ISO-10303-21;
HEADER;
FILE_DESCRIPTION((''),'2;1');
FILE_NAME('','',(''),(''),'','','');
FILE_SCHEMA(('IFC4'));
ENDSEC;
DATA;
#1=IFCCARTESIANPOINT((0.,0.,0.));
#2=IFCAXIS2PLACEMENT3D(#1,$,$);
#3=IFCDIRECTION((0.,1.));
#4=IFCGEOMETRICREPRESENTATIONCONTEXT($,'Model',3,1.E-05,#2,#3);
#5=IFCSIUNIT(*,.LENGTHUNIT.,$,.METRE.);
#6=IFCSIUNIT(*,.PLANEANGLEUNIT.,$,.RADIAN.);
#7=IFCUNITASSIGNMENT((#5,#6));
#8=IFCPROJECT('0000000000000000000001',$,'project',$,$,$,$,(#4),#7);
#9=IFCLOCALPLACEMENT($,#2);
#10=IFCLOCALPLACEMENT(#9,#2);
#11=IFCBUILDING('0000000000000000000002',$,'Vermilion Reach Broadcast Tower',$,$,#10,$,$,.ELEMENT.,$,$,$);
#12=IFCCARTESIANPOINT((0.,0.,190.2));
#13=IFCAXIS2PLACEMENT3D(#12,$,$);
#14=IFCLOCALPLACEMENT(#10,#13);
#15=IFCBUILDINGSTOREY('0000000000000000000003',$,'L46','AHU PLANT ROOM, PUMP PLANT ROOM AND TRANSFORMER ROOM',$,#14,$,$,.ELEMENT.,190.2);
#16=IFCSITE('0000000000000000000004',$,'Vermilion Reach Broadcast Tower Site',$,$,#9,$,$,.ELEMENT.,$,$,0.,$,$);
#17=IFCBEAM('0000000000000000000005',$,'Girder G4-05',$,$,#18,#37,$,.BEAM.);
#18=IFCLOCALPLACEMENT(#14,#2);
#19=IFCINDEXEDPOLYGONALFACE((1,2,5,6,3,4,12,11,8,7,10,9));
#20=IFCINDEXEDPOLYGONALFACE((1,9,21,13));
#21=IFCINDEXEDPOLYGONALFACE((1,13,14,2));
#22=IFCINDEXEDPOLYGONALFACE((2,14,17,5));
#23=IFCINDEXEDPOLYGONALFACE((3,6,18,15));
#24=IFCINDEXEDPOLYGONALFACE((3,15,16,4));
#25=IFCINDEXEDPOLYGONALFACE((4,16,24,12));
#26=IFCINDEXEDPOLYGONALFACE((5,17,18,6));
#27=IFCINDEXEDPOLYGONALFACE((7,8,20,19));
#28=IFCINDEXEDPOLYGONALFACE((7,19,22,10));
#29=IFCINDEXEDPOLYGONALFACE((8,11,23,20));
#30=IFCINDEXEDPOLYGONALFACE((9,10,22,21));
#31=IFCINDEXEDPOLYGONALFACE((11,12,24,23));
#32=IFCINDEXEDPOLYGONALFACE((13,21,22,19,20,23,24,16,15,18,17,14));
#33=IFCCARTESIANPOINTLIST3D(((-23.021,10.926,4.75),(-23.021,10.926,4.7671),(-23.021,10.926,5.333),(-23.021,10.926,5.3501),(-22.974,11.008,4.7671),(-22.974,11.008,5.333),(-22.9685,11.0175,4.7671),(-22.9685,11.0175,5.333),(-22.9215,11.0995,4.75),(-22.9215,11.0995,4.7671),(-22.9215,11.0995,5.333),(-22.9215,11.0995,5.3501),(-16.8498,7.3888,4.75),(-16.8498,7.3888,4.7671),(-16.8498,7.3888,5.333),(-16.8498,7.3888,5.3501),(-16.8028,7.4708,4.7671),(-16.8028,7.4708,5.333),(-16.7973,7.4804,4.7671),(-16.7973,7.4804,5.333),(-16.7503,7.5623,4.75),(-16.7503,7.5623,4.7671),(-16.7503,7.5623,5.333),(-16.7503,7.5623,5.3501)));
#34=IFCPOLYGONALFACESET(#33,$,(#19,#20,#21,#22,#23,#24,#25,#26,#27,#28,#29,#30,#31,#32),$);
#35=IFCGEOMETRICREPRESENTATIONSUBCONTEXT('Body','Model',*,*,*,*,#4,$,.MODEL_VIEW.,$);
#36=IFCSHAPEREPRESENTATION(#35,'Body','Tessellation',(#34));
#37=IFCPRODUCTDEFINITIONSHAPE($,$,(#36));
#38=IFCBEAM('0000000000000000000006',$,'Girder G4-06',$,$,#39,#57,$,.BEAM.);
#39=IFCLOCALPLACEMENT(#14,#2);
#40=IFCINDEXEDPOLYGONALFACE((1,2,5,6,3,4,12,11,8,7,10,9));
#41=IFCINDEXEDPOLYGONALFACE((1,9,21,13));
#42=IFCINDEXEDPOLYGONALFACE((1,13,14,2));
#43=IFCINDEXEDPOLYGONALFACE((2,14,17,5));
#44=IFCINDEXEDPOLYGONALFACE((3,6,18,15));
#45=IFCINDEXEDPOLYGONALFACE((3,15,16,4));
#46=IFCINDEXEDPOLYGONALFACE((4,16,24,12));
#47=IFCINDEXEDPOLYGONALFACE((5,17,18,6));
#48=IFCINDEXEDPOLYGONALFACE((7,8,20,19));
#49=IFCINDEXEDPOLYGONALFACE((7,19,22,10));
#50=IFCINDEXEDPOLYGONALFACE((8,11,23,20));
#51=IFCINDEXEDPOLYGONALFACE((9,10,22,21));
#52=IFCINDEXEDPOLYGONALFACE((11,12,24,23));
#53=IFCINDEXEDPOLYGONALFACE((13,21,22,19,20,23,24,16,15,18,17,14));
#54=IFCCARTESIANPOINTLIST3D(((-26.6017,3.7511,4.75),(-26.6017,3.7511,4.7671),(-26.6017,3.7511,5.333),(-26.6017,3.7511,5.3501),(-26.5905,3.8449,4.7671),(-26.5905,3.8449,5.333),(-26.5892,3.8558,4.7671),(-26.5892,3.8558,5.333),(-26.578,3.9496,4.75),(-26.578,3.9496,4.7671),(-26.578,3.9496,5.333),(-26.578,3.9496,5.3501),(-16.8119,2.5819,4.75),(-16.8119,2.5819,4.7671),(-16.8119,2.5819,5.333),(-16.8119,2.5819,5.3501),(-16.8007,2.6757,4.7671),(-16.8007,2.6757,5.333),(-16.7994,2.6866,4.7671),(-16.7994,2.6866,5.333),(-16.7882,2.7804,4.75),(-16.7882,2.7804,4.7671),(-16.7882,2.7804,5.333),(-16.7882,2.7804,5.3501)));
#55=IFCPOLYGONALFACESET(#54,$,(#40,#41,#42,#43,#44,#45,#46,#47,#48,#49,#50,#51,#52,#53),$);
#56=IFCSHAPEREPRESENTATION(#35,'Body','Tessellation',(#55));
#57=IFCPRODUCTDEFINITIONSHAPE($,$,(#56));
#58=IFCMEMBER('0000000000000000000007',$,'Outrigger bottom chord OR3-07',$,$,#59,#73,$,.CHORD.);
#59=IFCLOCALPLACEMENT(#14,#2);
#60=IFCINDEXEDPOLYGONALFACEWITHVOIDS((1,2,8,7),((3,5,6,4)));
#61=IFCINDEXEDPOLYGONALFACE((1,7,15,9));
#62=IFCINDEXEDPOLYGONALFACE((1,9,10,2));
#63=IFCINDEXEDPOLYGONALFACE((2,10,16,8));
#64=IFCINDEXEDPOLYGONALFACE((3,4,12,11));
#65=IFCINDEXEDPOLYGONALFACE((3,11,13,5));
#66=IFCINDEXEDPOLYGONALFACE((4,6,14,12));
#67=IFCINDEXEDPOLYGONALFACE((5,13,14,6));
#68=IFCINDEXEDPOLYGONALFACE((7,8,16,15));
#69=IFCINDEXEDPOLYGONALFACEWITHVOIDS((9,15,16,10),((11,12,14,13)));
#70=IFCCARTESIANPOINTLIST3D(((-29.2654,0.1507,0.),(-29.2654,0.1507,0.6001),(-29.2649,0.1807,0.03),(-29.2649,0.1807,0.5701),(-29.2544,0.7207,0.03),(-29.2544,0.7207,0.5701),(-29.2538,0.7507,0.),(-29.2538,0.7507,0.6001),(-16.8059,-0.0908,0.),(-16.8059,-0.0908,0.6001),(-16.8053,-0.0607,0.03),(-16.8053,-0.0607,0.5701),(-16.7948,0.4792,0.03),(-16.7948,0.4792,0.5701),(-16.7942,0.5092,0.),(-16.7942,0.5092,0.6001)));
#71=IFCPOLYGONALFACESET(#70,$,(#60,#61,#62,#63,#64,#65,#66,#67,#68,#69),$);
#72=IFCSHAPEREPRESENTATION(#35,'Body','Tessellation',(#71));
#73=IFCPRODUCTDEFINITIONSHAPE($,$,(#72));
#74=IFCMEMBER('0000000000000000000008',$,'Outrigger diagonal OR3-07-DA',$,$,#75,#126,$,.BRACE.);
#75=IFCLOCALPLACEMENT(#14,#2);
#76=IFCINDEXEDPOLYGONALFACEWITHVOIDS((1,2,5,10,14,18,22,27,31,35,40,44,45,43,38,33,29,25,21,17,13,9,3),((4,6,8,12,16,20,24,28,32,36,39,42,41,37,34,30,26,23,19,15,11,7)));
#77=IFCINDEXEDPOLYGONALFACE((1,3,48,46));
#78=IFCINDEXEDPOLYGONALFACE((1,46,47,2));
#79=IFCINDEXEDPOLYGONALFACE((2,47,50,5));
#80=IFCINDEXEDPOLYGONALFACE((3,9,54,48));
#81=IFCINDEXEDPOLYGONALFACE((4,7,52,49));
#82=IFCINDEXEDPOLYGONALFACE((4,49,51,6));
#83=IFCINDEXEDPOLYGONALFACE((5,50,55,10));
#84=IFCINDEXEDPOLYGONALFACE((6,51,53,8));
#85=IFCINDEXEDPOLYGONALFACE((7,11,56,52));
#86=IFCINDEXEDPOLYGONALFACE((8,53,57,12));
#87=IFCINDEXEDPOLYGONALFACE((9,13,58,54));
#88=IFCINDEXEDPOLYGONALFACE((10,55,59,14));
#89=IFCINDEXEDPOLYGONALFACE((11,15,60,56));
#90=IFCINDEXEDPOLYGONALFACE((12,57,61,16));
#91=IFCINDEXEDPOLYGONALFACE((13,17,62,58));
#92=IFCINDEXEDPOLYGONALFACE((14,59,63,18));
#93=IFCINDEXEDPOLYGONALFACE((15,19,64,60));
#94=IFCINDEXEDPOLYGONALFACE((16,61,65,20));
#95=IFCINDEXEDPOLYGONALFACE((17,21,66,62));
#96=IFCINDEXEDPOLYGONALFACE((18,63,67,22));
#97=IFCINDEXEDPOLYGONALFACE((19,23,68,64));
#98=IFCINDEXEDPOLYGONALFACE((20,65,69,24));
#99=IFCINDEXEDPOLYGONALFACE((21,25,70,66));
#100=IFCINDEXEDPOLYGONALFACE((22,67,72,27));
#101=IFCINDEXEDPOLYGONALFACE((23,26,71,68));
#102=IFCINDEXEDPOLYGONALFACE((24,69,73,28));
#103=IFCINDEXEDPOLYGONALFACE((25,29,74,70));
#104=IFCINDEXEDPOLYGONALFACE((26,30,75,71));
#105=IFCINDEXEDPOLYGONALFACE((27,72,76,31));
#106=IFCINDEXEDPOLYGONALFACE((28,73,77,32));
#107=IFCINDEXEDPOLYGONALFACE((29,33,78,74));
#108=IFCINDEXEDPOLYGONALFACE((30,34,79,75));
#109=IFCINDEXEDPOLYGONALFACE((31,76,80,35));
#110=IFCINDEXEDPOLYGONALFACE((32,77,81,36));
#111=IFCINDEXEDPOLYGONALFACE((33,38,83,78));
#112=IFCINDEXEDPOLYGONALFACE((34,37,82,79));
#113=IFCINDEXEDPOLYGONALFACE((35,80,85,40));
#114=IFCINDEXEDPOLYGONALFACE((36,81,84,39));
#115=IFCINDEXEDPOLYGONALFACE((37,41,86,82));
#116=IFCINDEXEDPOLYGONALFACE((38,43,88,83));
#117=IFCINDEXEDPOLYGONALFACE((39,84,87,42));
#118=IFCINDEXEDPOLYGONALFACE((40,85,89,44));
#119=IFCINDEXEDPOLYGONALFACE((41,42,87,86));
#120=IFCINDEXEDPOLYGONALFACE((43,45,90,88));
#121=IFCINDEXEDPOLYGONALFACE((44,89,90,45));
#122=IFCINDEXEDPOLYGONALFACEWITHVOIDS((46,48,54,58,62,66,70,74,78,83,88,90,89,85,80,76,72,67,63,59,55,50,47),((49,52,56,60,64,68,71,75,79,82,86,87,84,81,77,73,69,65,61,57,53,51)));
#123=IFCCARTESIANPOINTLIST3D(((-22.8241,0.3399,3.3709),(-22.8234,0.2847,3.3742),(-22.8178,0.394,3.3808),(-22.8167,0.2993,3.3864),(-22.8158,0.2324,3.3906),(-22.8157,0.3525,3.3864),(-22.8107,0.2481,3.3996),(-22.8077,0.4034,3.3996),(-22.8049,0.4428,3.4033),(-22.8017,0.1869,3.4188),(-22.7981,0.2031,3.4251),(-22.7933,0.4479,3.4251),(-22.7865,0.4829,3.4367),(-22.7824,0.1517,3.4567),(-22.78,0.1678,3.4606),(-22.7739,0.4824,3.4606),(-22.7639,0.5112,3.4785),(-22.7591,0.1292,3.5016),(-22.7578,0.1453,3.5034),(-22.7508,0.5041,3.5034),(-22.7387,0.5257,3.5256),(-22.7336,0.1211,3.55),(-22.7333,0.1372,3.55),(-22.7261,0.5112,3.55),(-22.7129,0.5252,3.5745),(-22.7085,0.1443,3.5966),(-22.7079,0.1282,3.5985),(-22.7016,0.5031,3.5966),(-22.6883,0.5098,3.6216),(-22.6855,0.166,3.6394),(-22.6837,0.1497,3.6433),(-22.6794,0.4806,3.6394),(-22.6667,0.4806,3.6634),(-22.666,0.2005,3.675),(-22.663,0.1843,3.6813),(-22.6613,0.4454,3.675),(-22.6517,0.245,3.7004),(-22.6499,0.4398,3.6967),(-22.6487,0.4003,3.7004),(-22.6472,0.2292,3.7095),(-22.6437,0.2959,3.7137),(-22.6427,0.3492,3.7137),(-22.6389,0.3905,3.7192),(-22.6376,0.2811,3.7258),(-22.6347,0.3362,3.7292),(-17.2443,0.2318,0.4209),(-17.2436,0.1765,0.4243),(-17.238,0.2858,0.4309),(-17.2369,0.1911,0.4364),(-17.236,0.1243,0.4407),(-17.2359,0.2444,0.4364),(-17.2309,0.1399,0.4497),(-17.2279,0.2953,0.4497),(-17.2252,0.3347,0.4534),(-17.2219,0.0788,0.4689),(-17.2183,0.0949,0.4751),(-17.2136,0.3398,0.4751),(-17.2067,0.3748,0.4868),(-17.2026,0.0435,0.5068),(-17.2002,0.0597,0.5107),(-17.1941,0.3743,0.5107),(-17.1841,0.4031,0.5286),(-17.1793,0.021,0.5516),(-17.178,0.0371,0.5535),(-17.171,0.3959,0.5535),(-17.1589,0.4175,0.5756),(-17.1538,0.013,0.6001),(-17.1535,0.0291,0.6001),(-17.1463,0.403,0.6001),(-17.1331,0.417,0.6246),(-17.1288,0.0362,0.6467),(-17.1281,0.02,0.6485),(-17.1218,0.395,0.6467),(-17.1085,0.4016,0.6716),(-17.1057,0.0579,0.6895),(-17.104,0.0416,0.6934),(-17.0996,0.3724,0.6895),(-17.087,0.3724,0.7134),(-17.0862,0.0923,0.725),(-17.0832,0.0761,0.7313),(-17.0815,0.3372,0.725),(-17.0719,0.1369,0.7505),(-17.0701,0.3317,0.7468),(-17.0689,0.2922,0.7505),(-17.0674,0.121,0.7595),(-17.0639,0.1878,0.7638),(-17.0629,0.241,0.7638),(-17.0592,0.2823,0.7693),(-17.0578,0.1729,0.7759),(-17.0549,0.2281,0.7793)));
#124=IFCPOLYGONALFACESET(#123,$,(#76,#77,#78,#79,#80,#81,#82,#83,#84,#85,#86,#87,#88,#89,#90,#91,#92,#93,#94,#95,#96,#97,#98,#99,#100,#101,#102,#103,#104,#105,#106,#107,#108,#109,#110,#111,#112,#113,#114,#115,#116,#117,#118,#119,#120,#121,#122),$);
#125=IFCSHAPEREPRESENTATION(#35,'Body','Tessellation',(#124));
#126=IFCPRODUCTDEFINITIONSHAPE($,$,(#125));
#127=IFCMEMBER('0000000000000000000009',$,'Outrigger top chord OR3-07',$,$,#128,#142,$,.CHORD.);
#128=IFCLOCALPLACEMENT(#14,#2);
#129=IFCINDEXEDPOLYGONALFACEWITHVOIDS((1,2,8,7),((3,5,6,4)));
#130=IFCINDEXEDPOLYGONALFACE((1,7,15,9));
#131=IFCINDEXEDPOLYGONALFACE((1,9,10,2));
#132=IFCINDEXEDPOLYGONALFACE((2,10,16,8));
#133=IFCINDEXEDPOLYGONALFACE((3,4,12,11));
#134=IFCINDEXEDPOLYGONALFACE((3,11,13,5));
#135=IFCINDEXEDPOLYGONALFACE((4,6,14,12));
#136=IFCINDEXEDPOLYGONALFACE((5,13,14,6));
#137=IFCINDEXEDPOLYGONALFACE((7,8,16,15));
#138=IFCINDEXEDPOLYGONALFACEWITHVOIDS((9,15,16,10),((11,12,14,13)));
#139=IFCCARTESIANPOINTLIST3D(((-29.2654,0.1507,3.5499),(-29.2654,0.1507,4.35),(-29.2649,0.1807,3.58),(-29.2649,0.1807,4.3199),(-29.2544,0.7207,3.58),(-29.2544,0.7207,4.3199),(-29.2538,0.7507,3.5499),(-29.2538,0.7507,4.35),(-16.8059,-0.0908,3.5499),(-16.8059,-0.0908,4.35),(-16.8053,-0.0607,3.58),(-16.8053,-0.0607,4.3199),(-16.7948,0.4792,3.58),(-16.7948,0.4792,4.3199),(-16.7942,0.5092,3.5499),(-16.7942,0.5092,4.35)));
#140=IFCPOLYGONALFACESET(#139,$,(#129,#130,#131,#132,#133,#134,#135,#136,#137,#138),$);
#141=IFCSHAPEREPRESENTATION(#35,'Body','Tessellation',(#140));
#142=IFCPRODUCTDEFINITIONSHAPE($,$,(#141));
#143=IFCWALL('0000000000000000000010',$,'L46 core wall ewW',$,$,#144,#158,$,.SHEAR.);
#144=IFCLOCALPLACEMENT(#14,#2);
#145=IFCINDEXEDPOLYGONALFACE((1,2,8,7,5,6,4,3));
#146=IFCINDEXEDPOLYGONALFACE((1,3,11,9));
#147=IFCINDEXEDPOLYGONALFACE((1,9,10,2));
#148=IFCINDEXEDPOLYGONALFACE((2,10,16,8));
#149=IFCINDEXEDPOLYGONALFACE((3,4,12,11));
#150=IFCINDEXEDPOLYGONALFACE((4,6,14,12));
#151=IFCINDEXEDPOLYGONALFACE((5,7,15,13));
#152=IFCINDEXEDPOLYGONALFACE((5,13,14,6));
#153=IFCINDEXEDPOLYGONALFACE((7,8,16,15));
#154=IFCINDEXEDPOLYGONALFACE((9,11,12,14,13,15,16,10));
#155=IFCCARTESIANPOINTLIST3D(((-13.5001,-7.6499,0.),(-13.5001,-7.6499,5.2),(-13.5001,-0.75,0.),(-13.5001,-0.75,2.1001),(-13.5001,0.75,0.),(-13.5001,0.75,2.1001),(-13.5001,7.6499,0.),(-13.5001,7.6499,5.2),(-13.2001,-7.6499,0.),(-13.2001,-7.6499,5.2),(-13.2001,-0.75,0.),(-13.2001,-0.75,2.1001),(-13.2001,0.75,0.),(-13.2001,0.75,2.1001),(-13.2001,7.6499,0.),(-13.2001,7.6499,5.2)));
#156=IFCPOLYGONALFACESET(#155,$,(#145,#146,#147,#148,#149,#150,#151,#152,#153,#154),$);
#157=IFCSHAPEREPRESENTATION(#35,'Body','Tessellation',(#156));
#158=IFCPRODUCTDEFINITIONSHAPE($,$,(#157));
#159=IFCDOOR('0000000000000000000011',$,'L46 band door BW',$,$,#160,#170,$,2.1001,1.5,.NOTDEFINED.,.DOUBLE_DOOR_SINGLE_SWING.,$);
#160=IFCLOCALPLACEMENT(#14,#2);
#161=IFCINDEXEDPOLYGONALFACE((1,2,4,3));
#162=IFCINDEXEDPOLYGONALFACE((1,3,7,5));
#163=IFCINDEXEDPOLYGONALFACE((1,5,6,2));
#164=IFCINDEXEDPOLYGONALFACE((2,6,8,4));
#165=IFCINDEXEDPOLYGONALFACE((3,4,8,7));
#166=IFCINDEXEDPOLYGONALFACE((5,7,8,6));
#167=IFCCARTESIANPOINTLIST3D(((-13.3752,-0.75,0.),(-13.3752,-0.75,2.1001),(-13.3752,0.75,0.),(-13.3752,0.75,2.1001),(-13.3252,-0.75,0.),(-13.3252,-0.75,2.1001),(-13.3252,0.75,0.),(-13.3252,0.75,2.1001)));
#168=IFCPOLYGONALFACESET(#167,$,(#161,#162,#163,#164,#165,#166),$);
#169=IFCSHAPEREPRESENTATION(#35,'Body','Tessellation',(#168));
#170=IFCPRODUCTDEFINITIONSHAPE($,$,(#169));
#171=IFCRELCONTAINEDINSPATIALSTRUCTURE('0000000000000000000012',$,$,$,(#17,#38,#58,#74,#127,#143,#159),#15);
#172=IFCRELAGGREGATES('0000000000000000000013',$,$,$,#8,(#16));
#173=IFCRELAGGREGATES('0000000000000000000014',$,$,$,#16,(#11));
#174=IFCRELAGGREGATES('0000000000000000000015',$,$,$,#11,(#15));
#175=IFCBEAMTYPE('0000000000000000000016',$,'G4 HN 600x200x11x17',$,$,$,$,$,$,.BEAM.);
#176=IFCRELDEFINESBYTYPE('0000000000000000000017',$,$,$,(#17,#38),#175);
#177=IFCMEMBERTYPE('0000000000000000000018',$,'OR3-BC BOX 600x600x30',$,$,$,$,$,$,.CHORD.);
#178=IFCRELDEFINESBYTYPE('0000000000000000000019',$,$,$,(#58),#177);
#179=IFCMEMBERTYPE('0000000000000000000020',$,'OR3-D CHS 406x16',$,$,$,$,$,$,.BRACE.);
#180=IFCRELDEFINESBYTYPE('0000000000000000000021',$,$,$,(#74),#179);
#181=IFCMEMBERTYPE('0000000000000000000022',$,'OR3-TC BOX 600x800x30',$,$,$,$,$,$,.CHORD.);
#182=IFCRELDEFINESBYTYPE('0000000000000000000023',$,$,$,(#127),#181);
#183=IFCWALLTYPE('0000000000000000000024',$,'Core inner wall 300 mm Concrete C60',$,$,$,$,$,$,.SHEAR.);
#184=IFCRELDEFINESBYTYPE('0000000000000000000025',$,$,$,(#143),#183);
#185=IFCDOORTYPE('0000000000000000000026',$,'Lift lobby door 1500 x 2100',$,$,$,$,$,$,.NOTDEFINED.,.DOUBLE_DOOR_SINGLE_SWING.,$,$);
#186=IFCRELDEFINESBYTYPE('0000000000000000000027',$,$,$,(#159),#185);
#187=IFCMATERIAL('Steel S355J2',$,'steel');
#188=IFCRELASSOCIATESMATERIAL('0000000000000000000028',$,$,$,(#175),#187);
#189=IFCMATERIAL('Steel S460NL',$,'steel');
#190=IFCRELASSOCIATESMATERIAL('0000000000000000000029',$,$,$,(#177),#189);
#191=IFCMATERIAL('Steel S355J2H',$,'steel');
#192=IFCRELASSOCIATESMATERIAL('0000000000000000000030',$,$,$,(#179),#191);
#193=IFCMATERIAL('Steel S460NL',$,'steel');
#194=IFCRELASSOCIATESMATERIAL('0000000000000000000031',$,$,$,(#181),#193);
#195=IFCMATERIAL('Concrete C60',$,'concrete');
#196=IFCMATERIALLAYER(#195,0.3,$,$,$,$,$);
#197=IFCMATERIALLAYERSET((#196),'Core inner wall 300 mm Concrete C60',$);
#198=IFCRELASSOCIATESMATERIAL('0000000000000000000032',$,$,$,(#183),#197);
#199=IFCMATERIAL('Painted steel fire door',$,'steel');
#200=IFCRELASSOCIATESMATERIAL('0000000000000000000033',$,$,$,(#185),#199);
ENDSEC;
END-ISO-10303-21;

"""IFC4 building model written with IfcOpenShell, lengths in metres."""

from ifc_helpers import new_model, si_unit, direction, frame, frame_2d, origin, origin_2d, place, context, subcontext, project, spatial, rectangle, hollow_rectangle, hollow_circle, i_section, extrude, material, layer, layer_set, material_profile, profile_set, type_object, element, fill, save


model = new_model("IFC4")

# Units and contexts
model_context = context("Model", 3, precision=1e-05, world=origin(), true_north=direction((0.0, 1.0)))
body_context = subcontext(model_context, "Body", "Model", "MODEL_VIEW")
ifc_project = project(units=[si_unit("LENGTHUNIT", "METRE"), si_unit("PLANEANGLEUNIT", "RADIAN")], contexts=[model_context])

# Site, building, storey
site_placement = place(None, origin())
site = spatial("IfcSite", under=ifc_project, at=site_placement, Name="Vermilion Reach Broadcast Tower Site", CompositionType="ELEMENT", RefElevation=0.0)
building_placement = place(site_placement, origin())
building = spatial("IfcBuilding", under=site, at=building_placement, Name="Vermilion Reach Broadcast Tower", CompositionType="ELEMENT")
storey_placement = place(building_placement, frame((0.0, 0.0, 190.2)))
storey = spatial("IfcBuildingStorey", under=building, at=storey_placement, Name="L46", Description="AHU PLANT ROOM, PUMP PLANT ROOM AND TRANSFORMER ROOM", CompositionType="ELEMENT", Elevation=190.2)

# Beams
ifc_material_1 = material(Name="Steel S355J2", Category="steel")
ifc_material_profile_1 = material_profile(ifc_material_1, i_section(OverallWidth=0.2, OverallDepth=0.6001, WebThickness=0.011, FlangeThickness=0.0171, at=origin_2d()), Name="S355J2 HN 600x200x11x17")
ifc_profile_set_1 = profile_set([ifc_material_profile_1], Name="Steel S355J2")
beam_type = type_object("IfcBeamType", Name="G4 HN 600x200x11x17", PredefinedType="BEAM", material=ifc_profile_set_1)
beam_1_placement = place(storey_placement, frame((-16.8, 7.4756, 5.05), z_axis=(-0.867592, 0.497277, 0.0), x_axis=(-0.497277, -0.867592, 0.0)))
element("IfcBeam", 1, at=beam_1_placement, inside=storey, type_object=beam_type, Name="Girder G4-05", PredefinedType="BEAM", context=body_context, shape_type="SweptSolid", body=[
    extrude(i_section(OverallWidth=0.2, OverallDepth=0.6001, WebThickness=0.011, FlangeThickness=0.0171, at=origin_2d()), origin(), (0.0, 0.0, 1.0), 7.113),
])
beam_2_placement = place(storey_placement, frame((-16.8, 2.6812, 5.05), z_axis=(-0.992944, 0.118587, 0.0), x_axis=(-0.118587, -0.992944, 0.0)))
element("IfcBeam", 2, at=beam_2_placement, inside=storey, type_object=beam_type, Name="Girder G4-06", PredefinedType="BEAM", context=body_context, shape_type="SweptSolid", body=[
    extrude(i_section(OverallWidth=0.2, OverallDepth=0.6001, WebThickness=0.011, FlangeThickness=0.0171, at=origin_2d()), origin(), (0.0, 0.0, 1.0), 9.8594),
])

# Members
ifc_material_2 = material(Name="Steel S460NL", Category="steel")
ifc_material_profile_2 = material_profile(ifc_material_2, hollow_rectangle(XDim=0.6001, YDim=0.6001, WallThickness=0.03, at=origin_2d()), Name="S460NL BOX 600x600x30")
ifc_profile_set_2 = profile_set([ifc_material_profile_2], Name="Steel S460NL")
member_type_1 = type_object("IfcMemberType", Name="OR3-BC BOX 600x600x30", PredefinedType="CHORD", material=ifc_profile_set_2)
member_1_placement = place(storey_placement, frame((-16.8, 0.2092, 0.3), z_axis=(-0.999812, 0.019376, 0.0), x_axis=(-0.019376, -0.999812, 0.0)))
element("IfcMember", 3, at=member_1_placement, inside=storey, type_object=member_type_1, Name="Outrigger bottom chord OR3-07", PredefinedType="CHORD", context=body_context, shape_type="SweptSolid", body=[
    extrude(hollow_rectangle(XDim=0.6001, YDim=0.6001, WallThickness=0.03, at=origin_2d()), origin(), (0.0, 0.0, 1.0), 12.4619),
])
ifc_material_3 = material(Name="Steel S355J2H", Category="steel")
ifc_material_profile_3 = material_profile(ifc_material_3, hollow_circle(Radius=0.2031, WallThickness=0.0161, at=origin_2d()), Name="S355J2H CHS 406x16")
ifc_profile_set_3 = profile_set([ifc_material_profile_3], Name="Steel S355J2H")
member_type_2 = type_object("IfcMemberType", Name="OR3-D CHS 406x16", PredefinedType="BRACE", material=ifc_profile_set_3)
member_2_placement = place(storey_placement, frame((-17.1499, 0.2161, 0.6001), z_axis=(-0.883925, 0.017133, 0.467314), x_axis=(-0.019379, -0.999812, 0.0)))
element("IfcMember", 4, at=member_2_placement, inside=storey, type_object=member_type_2, Name="Outrigger diagonal OR3-07-DA", PredefinedType="BRACE", context=body_context, shape_type="SweptSolid", body=[
    extrude(hollow_circle(Radius=0.2031, WallThickness=0.0161, at=origin_2d()), origin(), (0.0, 0.0, 1.0), 6.3125),
])
ifc_material_4 = material(Name="Steel S460NL", Category="steel")
ifc_material_profile_4 = material_profile(ifc_material_4, hollow_rectangle(XDim=0.6001, YDim=0.8, WallThickness=0.03, at=origin_2d()), Name="S460NL BOX 600x800x30")
ifc_profile_set_4 = profile_set([ifc_material_profile_4], Name="Steel S460NL")
member_type_3 = type_object("IfcMemberType", Name="OR3-TC BOX 600x800x30", PredefinedType="CHORD", material=ifc_profile_set_4)
member_3_placement = place(storey_placement, frame((-16.8, 0.2092, 3.95), z_axis=(-0.999812, 0.019376, 0.0), x_axis=(-0.019376, -0.999812, 0.0)))
element("IfcMember", 5, at=member_3_placement, inside=storey, type_object=member_type_3, Name="Outrigger top chord OR3-07", PredefinedType="CHORD", context=body_context, shape_type="SweptSolid", body=[
    extrude(hollow_rectangle(XDim=0.6001, YDim=0.8, WallThickness=0.03, at=origin_2d()), origin(), (0.0, 0.0, 1.0), 12.4619),
])

# Wall, opening, door
ifc_material_5 = material(Name="Concrete C60", Category="concrete")
ifc_layer_1 = layer(ifc_material_5, 0.3)
ifc_layer_set_1 = layer_set([ifc_layer_1], Name="Core inner wall 300 mm Concrete C60")
wall_type_1 = type_object("IfcWallType", Name="Core inner wall 300 mm Concrete C60", PredefinedType="SHEAR", material=ifc_layer_set_1)
wall_1_placement = place(storey_placement, frame((-13.3501, 7.6499, 0.0), z_axis=(0.0, 0.0, 1.0), x_axis=(0.0, -1.0, 0.0)))
wall_1 = element("IfcWall", 6, at=wall_1_placement, inside=storey, type_object=wall_type_1, Name="L46 core wall ewW", PredefinedType="SHEAR", context=body_context, shape_type="SweptSolid", body=[
    extrude(rectangle(XDim=15.2998, YDim=0.3, at=frame_2d((7.6499, 0.0))), origin(), (0.0, 0.0, 1.0), 5.2),
])
opening_1_placement = place(wall_1_placement, frame((6.8999, 0.0, 0.0)))
opening_1 = element("IfcOpeningElement", 7, at=opening_1_placement, cuts=wall_1, PredefinedType="OPENING", context=body_context, shape_type="SweptSolid", body=[
    extrude(rectangle(XDim=1.5, YDim=2.1001, at=frame_2d((0.75, 1.05))), frame((0.0, 0.1599, 0.0), z_axis=(0.0, -1.0, 0.0), x_axis=(1.0, 0.0, 0.0)), (0.0, 0.0, 1.0), 0.3201),
])
ifc_material_6 = material(Name="Painted steel fire door", Category="steel")
door_type_1 = type_object("IfcDoorType", Name="Lift lobby door 1500 x 2100", OperationType="DOUBLE_DOOR_SINGLE_SWING", PredefinedType="NOTDEFINED", material=ifc_material_6)
door_1_placement = place(opening_1_placement, origin())
door_1 = element("IfcDoor", 8, at=door_1_placement, inside=storey, type_object=door_type_1, Name="L46 band door BW", OperationType="DOUBLE_DOOR_SINGLE_SWING", OverallHeight=2.1001, OverallWidth=1.5, PredefinedType="NOTDEFINED", context=body_context, shape_type="SweptSolid", body=[
    extrude(rectangle(XDim=1.5, YDim=2.1001, at=frame_2d((0.75, 1.05))), frame((0.0, 0.0249, 0.0), z_axis=(0.0, -1.0, 0.0), x_axis=(1.0, 0.0, 0.0)), (0.0, 0.0, 1.0), 0.05),
])
fill(opening_1, door_1)

save(model, "model.ifc")
